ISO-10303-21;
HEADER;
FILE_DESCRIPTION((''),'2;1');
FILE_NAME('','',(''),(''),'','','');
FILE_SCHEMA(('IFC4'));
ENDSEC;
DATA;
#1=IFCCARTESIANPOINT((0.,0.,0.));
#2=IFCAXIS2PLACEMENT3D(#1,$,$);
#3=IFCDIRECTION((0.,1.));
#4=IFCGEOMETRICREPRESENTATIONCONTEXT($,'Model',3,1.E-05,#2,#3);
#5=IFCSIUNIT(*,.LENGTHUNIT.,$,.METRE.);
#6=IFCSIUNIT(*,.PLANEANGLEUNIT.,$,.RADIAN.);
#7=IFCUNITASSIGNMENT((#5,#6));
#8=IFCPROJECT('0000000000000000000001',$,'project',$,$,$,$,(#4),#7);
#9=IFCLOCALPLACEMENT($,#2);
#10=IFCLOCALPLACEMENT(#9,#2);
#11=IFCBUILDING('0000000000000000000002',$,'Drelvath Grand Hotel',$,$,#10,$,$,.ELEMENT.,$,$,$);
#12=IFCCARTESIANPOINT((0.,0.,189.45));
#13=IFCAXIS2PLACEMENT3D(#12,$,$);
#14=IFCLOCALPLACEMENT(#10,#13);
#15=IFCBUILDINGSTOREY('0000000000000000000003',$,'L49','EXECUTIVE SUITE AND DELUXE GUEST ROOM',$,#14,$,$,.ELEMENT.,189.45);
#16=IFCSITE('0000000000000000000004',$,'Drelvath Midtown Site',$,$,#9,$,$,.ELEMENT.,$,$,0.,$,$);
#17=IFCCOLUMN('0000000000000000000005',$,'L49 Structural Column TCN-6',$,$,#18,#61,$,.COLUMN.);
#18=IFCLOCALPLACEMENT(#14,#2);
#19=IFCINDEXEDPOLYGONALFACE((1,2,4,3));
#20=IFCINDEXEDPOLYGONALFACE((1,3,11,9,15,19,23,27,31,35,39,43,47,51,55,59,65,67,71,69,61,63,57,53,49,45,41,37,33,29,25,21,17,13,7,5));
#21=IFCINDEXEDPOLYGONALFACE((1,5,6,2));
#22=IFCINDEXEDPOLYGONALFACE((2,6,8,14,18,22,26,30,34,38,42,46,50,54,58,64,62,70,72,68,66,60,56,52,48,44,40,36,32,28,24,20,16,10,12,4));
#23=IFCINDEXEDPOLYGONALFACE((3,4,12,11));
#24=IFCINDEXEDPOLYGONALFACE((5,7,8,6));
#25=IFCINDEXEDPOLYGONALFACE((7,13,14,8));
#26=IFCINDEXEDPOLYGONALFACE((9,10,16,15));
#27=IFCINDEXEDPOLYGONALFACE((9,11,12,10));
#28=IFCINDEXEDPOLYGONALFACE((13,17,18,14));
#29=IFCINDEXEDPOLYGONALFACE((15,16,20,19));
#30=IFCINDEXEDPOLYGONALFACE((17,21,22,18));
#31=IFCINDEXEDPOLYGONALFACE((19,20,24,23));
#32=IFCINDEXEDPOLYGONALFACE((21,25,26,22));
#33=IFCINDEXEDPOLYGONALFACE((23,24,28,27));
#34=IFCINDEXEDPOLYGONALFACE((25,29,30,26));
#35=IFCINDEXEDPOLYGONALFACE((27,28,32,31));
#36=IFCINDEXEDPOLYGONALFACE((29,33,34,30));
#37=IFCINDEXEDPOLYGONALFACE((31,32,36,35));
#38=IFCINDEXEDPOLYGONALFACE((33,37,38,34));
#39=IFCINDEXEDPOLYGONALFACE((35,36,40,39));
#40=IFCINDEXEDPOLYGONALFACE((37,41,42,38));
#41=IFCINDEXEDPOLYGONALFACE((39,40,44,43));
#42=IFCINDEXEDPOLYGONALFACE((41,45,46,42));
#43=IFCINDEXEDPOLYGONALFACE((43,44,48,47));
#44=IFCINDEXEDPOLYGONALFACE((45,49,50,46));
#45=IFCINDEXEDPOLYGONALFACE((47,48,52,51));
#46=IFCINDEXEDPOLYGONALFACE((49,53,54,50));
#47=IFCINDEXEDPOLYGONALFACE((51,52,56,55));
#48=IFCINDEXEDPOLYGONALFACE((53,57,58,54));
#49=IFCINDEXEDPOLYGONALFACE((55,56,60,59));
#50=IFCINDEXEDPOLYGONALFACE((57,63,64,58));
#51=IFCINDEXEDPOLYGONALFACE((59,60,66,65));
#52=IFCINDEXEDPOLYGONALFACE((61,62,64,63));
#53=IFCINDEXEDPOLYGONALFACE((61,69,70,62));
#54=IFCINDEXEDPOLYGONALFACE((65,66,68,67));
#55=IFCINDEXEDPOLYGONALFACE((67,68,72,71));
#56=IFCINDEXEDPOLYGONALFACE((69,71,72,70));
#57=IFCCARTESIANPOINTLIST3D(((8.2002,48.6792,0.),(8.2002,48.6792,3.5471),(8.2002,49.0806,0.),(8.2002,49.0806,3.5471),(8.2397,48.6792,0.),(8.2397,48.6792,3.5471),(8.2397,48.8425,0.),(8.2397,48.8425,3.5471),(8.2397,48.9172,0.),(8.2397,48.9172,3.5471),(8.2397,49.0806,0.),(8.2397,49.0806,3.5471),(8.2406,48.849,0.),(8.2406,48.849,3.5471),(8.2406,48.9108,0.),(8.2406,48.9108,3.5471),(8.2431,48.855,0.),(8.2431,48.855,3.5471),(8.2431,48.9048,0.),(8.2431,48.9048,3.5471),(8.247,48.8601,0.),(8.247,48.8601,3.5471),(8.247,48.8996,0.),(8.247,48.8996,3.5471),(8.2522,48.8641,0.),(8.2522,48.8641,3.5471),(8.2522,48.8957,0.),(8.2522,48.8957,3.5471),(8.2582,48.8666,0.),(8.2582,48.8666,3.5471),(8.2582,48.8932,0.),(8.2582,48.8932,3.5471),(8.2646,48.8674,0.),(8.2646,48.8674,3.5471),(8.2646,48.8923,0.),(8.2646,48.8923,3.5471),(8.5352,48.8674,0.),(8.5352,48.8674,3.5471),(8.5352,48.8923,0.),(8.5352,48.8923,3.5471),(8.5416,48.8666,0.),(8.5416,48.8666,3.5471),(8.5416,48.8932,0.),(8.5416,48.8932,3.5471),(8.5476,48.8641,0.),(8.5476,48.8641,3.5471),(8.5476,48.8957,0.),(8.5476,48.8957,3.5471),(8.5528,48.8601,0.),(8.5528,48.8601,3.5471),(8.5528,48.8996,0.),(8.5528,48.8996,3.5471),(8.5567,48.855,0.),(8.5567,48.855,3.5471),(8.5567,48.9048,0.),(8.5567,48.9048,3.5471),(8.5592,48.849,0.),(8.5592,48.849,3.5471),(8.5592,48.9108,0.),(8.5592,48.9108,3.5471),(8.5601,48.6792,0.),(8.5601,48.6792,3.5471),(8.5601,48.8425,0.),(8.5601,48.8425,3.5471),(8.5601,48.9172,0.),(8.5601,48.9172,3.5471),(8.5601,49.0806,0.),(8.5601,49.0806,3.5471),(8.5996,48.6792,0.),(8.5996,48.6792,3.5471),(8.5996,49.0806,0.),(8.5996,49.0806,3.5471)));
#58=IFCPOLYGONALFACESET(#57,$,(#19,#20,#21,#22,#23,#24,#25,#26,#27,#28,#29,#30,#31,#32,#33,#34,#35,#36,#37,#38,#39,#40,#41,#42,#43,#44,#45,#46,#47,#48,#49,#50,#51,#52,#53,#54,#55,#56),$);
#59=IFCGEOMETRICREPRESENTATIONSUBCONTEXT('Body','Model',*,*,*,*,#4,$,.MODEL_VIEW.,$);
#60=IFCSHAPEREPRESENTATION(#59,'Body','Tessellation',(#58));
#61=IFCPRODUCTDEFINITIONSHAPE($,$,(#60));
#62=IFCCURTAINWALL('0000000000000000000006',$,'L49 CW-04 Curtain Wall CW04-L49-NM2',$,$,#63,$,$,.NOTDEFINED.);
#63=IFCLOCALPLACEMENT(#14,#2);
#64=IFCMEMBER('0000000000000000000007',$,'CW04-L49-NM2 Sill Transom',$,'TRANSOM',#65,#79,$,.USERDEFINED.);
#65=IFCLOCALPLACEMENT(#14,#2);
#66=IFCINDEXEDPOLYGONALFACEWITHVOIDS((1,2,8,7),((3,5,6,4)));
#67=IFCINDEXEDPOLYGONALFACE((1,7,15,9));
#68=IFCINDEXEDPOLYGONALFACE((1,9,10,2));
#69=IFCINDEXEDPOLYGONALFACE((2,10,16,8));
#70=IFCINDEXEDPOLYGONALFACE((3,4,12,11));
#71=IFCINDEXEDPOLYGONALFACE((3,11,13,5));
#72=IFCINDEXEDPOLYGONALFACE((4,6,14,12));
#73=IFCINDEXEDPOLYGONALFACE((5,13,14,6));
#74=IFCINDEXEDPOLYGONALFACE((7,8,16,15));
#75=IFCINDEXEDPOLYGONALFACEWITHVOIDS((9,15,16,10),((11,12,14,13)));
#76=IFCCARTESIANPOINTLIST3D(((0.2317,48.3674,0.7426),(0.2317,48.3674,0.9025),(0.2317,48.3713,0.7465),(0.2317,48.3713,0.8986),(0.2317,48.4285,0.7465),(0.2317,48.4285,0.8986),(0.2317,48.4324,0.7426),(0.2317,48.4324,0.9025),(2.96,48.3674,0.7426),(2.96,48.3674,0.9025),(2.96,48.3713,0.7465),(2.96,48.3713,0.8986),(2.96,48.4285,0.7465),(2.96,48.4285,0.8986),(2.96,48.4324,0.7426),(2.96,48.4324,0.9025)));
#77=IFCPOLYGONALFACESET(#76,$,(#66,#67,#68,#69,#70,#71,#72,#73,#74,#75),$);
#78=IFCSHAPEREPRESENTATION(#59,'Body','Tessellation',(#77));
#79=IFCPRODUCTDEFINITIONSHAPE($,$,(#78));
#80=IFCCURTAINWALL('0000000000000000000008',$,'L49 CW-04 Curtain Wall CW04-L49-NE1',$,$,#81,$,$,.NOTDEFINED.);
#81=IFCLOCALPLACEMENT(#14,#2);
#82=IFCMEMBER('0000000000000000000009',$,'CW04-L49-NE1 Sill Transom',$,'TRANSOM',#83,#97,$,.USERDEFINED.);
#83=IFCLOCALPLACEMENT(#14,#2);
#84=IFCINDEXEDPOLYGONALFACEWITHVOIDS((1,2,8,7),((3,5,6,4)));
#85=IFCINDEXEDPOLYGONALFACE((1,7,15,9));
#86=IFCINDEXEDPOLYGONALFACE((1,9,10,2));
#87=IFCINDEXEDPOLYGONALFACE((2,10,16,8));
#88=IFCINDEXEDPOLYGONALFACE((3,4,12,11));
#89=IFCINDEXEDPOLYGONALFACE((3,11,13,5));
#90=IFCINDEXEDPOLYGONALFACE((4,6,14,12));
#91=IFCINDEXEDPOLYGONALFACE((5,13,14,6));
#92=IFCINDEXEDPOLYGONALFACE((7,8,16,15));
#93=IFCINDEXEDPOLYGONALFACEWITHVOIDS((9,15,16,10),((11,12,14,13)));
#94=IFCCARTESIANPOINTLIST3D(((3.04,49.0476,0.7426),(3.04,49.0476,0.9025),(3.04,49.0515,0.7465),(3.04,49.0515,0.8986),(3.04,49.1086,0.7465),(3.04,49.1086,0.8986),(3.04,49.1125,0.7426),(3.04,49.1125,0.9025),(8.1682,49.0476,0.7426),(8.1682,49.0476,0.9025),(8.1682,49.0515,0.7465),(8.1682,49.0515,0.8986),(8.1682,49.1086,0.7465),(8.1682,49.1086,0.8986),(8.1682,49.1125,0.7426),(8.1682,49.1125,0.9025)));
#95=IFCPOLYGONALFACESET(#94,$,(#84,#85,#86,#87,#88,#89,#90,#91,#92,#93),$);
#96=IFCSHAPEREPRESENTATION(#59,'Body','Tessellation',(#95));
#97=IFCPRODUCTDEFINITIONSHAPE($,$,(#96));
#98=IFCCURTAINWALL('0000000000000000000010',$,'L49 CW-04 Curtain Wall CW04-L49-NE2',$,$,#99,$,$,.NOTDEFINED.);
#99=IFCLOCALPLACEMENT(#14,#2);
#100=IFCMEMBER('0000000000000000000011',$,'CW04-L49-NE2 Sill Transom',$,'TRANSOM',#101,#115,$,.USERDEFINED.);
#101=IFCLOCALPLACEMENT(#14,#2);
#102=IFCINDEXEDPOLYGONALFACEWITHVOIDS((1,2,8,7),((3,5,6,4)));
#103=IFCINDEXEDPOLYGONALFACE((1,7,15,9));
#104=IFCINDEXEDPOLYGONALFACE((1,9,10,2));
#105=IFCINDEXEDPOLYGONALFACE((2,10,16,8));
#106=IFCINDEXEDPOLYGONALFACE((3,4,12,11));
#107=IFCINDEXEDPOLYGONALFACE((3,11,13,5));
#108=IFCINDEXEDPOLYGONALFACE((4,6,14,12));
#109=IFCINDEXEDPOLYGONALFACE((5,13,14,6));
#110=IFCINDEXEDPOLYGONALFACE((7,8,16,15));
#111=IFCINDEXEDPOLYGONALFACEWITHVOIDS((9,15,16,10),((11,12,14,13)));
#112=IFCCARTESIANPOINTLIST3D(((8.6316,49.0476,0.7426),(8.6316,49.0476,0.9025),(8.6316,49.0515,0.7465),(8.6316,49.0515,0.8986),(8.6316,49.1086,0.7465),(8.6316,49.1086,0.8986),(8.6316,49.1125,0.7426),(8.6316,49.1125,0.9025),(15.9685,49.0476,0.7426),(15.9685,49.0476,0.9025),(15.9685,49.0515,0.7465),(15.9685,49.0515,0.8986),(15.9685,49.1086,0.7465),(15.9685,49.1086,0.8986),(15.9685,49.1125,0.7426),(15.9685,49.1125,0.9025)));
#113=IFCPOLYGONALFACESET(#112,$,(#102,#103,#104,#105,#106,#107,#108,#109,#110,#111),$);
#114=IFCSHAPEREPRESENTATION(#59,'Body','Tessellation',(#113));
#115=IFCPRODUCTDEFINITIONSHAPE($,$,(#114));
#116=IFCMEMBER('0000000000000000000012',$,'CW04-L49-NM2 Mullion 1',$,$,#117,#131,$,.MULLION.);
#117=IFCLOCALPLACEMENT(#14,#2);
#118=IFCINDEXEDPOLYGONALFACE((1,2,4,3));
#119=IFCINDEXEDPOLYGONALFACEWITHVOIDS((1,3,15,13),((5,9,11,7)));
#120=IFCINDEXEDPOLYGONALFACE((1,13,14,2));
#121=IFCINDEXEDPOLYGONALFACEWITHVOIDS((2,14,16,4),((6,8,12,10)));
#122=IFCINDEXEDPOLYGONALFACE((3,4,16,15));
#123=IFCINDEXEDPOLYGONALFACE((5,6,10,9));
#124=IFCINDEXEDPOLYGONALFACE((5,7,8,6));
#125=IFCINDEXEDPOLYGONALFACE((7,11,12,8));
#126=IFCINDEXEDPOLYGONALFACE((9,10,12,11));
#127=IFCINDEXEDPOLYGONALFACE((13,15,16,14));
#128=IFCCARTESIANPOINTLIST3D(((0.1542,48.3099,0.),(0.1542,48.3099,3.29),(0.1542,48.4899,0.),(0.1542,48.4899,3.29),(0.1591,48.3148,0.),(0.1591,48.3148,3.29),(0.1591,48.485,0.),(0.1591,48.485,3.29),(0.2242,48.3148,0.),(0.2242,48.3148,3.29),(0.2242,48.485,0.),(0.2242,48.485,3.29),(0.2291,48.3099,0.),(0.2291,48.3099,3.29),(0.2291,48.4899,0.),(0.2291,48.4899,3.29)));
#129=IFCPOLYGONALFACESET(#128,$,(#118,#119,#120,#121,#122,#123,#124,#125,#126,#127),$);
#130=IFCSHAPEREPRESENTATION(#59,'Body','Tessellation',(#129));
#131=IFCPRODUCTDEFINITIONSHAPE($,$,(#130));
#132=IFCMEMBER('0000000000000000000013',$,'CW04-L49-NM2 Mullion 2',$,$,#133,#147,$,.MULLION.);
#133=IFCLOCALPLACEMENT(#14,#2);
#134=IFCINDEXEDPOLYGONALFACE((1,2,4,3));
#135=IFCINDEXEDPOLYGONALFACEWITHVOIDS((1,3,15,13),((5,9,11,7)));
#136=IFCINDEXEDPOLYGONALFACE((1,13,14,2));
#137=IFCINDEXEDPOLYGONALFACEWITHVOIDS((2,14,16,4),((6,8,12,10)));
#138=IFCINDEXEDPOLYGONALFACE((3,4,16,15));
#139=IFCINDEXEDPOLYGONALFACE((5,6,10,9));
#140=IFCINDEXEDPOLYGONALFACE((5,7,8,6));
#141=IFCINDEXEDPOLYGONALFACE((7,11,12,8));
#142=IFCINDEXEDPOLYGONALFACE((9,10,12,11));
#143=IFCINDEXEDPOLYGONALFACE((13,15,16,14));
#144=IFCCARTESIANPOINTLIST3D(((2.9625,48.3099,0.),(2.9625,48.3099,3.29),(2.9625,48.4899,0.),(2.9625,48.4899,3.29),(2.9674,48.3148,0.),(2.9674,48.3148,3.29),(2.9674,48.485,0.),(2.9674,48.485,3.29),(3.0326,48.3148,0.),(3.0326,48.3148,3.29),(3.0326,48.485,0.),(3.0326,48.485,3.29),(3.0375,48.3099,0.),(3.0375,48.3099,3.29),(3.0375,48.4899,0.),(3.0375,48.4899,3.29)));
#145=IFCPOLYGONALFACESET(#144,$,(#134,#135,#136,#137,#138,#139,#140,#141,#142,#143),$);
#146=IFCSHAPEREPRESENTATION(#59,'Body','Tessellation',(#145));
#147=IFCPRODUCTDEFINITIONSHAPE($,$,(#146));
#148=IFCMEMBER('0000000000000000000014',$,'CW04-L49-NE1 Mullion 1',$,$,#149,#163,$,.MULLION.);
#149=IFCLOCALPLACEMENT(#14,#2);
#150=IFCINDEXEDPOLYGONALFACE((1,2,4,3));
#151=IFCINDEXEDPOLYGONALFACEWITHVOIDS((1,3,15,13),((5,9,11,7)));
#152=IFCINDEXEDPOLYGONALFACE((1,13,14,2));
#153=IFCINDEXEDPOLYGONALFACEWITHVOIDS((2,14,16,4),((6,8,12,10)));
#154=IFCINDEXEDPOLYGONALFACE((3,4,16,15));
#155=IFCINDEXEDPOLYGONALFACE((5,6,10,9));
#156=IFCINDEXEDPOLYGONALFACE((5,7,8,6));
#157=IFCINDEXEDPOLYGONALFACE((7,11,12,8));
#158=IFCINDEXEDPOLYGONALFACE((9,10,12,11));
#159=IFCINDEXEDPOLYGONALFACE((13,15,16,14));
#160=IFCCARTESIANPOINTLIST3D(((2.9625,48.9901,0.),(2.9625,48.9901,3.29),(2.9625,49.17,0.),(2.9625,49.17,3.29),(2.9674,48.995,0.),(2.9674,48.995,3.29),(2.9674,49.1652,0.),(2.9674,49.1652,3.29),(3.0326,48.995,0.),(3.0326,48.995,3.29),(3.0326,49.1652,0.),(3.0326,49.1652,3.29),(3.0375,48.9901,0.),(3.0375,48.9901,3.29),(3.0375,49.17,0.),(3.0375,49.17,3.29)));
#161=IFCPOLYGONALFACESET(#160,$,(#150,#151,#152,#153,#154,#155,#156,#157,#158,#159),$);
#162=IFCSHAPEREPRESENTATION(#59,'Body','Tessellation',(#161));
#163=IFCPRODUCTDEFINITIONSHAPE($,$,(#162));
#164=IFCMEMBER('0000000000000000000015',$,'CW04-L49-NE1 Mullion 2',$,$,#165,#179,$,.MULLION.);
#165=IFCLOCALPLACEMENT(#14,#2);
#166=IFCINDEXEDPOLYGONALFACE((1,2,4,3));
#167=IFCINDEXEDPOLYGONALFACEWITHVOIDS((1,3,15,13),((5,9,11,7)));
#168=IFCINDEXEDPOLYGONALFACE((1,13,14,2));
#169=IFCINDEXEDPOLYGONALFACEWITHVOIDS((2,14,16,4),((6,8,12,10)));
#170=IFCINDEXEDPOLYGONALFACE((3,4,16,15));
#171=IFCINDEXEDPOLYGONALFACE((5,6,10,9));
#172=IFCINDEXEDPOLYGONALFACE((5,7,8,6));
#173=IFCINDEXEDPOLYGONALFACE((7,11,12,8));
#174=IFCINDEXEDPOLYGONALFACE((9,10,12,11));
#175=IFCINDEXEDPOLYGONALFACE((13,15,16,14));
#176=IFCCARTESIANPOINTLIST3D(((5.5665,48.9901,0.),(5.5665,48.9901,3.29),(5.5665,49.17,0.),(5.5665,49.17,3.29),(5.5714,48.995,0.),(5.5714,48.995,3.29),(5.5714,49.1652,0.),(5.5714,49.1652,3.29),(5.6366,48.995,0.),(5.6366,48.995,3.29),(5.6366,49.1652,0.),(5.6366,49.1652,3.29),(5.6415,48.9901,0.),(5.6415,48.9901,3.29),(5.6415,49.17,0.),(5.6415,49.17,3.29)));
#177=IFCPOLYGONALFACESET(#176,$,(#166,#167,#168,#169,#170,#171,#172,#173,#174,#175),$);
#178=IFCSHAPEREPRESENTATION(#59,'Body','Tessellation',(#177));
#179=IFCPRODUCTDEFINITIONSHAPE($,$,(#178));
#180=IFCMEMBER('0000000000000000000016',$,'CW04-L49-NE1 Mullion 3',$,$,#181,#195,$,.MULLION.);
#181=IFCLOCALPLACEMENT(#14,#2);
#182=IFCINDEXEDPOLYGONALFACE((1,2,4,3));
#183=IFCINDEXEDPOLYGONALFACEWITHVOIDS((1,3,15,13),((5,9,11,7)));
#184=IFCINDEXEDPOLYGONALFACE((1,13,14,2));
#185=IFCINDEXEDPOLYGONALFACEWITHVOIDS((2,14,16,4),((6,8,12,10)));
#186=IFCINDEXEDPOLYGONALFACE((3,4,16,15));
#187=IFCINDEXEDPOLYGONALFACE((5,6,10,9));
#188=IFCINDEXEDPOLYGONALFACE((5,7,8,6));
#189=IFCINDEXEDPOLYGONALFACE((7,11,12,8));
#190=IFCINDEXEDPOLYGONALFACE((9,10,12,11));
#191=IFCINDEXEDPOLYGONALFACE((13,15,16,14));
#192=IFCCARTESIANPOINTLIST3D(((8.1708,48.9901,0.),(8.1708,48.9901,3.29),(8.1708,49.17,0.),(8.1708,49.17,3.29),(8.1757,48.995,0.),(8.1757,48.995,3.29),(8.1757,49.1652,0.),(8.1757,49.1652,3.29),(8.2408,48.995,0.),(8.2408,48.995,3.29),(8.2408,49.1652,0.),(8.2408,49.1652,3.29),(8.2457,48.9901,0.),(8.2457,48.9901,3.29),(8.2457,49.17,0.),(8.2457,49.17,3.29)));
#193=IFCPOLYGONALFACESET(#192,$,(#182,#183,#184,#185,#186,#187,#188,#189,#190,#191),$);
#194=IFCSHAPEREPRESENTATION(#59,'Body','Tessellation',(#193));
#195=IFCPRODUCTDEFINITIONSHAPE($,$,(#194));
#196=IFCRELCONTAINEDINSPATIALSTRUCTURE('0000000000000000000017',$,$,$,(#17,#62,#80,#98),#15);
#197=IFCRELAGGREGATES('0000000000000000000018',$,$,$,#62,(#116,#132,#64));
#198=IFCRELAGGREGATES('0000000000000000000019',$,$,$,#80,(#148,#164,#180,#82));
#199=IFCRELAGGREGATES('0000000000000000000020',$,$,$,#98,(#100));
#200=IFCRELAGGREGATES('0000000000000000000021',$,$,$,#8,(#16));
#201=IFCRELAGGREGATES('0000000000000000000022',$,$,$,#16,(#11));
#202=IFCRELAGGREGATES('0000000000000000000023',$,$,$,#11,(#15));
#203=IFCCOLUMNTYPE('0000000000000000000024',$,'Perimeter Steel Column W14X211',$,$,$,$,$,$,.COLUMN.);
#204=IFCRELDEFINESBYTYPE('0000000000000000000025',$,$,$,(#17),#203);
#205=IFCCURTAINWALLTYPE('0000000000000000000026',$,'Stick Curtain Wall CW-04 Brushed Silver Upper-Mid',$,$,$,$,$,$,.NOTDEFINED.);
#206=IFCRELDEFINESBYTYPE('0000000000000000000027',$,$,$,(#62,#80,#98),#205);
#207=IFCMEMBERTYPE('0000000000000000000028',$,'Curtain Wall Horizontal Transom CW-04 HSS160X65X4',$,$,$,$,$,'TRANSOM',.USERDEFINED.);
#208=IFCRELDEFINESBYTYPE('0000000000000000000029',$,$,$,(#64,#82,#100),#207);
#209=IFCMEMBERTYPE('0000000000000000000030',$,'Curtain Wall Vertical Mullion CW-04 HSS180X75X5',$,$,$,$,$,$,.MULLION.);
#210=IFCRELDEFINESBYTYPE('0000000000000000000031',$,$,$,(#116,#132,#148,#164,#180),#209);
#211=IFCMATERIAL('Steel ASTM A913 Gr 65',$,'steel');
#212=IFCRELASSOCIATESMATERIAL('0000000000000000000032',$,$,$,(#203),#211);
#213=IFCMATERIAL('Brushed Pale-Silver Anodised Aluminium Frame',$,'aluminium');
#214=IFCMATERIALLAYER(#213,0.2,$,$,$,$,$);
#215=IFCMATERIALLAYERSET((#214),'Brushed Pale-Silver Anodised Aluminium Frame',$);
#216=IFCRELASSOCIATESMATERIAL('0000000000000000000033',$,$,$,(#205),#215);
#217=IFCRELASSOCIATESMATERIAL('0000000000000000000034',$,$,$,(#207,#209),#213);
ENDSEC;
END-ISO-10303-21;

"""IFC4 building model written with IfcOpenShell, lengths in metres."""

from ifc_helpers import new_model, si_unit, direction, frame, origin, origin_2d, place, context, subcontext, project, spatial, hollow_rectangle, i_section, extrude, material, layer, layer_set, material_profile, profile_set, type_object, element, aggregate, save


model = new_model("IFC4")

# Units and contexts
model_context = context("Model", 3, precision=1e-05, world=origin(), true_north=direction((0.0, 1.0)))
body_context = subcontext(model_context, "Body", "Model", "MODEL_VIEW")
ifc_project = project(units=[si_unit("LENGTHUNIT", "METRE"), si_unit("PLANEANGLEUNIT", "RADIAN")], contexts=[model_context])

# Site, building, storey
site_placement = place(None, origin())
site = spatial("IfcSite", under=ifc_project, at=site_placement, Name="Drelvath Midtown Site", CompositionType="ELEMENT", RefElevation=0.0)
building_placement = place(site_placement, origin())
building = spatial("IfcBuilding", under=site, at=building_placement, Name="Drelvath Grand Hotel", CompositionType="ELEMENT")
storey_placement = place(building_placement, frame((0.0, 0.0, 189.45)))
storey = spatial("IfcBuildingStorey", under=building, at=storey_placement, Name="L49", Description="EXECUTIVE SUITE AND DELUXE GUEST ROOM", CompositionType="ELEMENT", Elevation=189.45)

# Column
ifc_material_1 = material(Name="Steel ASTM A913 Gr 65", Category="steel")
ifc_material_profile_1 = material_profile(ifc_material_1, i_section(OverallWidth=0.4014, OverallDepth=0.3994, WebThickness=0.0249, FlangeThickness=0.0396, FilletRadius=0.0249, at=origin_2d()), Name="W14X211")
ifc_profile_set_1 = profile_set([ifc_material_profile_1], Name="Steel ASTM A913 Gr 65")
column_type = type_object("IfcColumnType", Name="Perimeter Steel Column W14X211", PredefinedType="COLUMN", material=ifc_profile_set_1)
column_placement = place(storey_placement, frame((8.3999, 48.8799, 0.0), z_axis=(0.0, 0.0, 1.0), x_axis=(0.0, 1.0, 0.0)))
element("IfcColumn", 1, at=column_placement, inside=storey, type_object=column_type, Name="L49 Structural Column TCN-6", PredefinedType="COLUMN", context=body_context, shape_type="SweptSolid", body=[
    extrude(i_section(OverallWidth=0.4014, OverallDepth=0.3994, WebThickness=0.0249, FlangeThickness=0.0396, FilletRadius=0.0249, at=origin_2d()), origin(), (0.0, 0.0, 1.0), 3.5471),
])

# Curtain walls, members
ifc_material_2 = material(Name="Brushed Pale-Silver Anodised Aluminium Frame", Category="aluminium")
ifc_layer_1 = layer(ifc_material_2, 0.2)
ifc_layer_set_1 = layer_set([ifc_layer_1], Name="Brushed Pale-Silver Anodised Aluminium Frame")
curtain_wall_type = type_object("IfcCurtainWallType", Name="Stick Curtain Wall CW-04 Brushed Silver Upper-Mid", PredefinedType="NOTDEFINED", material=ifc_layer_set_1)
curtain_wall_1_placement = place(storey_placement, origin())
curtain_wall_1 = element("IfcCurtainWall", 2, at=curtain_wall_1_placement, inside=storey, type_object=curtain_wall_type, Name="L49 CW-04 Curtain Wall CW04-L49-NM2", PredefinedType="NOTDEFINED")
ifc_material_profile_2 = material_profile(ifc_material_2, hollow_rectangle(XDim=0.0649, YDim=0.1599, WallThickness=0.0039, at=origin_2d()), Name="HSS160X65X4")
ifc_profile_set_2 = profile_set([ifc_material_profile_2], Name="Brushed Pale-Silver Anodised Aluminium Frame")
member_type_1 = type_object("IfcMemberType", Name="Curtain Wall Horizontal Transom CW-04 HSS160X65X4", ElementType="TRANSOM", PredefinedType="USERDEFINED", material=ifc_profile_set_2)
member_1_placement = place(storey_placement, frame((0.2317, 48.3999, 0.8225), z_axis=(1.0, 0.0, 0.0), x_axis=(0.0, 1.0, 0.0)))
member_1 = element("IfcMember", 3, at=member_1_placement, type_object=member_type_1, Name="CW04-L49-NM2 Sill Transom", ObjectType="TRANSOM", PredefinedType="USERDEFINED", context=body_context, shape_type="SweptSolid", body=[
    extrude(hollow_rectangle(XDim=0.0649, YDim=0.1599, WallThickness=0.0039, at=origin_2d()), origin(), (0.0, 0.0, 1.0), 2.7283),
])
curtain_wall_2_placement = place(storey_placement, origin())
curtain_wall_2 = element("IfcCurtainWall", 4, at=curtain_wall_2_placement, inside=storey, type_object=curtain_wall_type, Name="L49 CW-04 Curtain Wall CW04-L49-NE1", PredefinedType="NOTDEFINED")
member_2_placement = place(storey_placement, frame((3.04, 49.0801, 0.8225), z_axis=(1.0, 0.0, 0.0), x_axis=(0.0, 1.0, 0.0)))
member_2 = element("IfcMember", 5, at=member_2_placement, type_object=member_type_1, Name="CW04-L49-NE1 Sill Transom", ObjectType="TRANSOM", PredefinedType="USERDEFINED", context=body_context, shape_type="SweptSolid", body=[
    extrude(hollow_rectangle(XDim=0.0649, YDim=0.1599, WallThickness=0.0039, at=origin_2d()), origin(), (0.0, 0.0, 1.0), 5.1282),
])
curtain_wall_3_placement = place(storey_placement, origin())
curtain_wall_3 = element("IfcCurtainWall", 6, at=curtain_wall_3_placement, inside=storey, type_object=curtain_wall_type, Name="L49 CW-04 Curtain Wall CW04-L49-NE2", PredefinedType="NOTDEFINED")
member_3_placement = place(storey_placement, frame((8.6316, 49.0801, 0.8225), z_axis=(1.0, 0.0, 0.0), x_axis=(0.0, 1.0, 0.0)))
member_3 = element("IfcMember", 7, at=member_3_placement, type_object=member_type_1, Name="CW04-L49-NE2 Sill Transom", ObjectType="TRANSOM", PredefinedType="USERDEFINED", context=body_context, shape_type="SweptSolid", body=[
    extrude(hollow_rectangle(XDim=0.0649, YDim=0.1599, WallThickness=0.0039, at=origin_2d()), origin(), (0.0, 0.0, 1.0), 7.3369),
])

# Members
ifc_material_profile_3 = material_profile(ifc_material_2, hollow_rectangle(XDim=0.075, YDim=0.1799, WallThickness=0.0049, at=origin_2d()), Name="HSS180X75X5")
ifc_profile_set_3 = profile_set([ifc_material_profile_3], Name="Brushed Pale-Silver Anodised Aluminium Frame")
member_type_2 = type_object("IfcMemberType", Name="Curtain Wall Vertical Mullion CW-04 HSS180X75X5", PredefinedType="MULLION", material=ifc_profile_set_3)
member_4_placement = place(storey_placement, frame((0.1917, 48.3999, 0.0), z_axis=(0.0, 0.0, 1.0), x_axis=(1.0, 0.0, 0.0)))
member_4 = element("IfcMember", 8, at=member_4_placement, type_object=member_type_2, Name="CW04-L49-NM2 Mullion 1", PredefinedType="MULLION", context=body_context, shape_type="SweptSolid", body=[
    extrude(hollow_rectangle(XDim=0.075, YDim=0.1799, WallThickness=0.0049, at=origin_2d()), origin(), (0.0, 0.0, 1.0), 3.29),
])
member_5_placement = place(storey_placement, frame((3.0, 48.3999, 0.0), z_axis=(0.0, 0.0, 1.0), x_axis=(1.0, 0.0, 0.0)))
member_5 = element("IfcMember", 9, at=member_5_placement, type_object=member_type_2, Name="CW04-L49-NM2 Mullion 2", PredefinedType="MULLION", context=body_context, shape_type="SweptSolid", body=[
    extrude(hollow_rectangle(XDim=0.075, YDim=0.1799, WallThickness=0.0049, at=origin_2d()), origin(), (0.0, 0.0, 1.0), 3.29),
])
member_6_placement = place(storey_placement, frame((3.0, 49.0801, 0.0), z_axis=(0.0, 0.0, 1.0), x_axis=(1.0, 0.0, 0.0)))
member_6 = element("IfcMember", 10, at=member_6_placement, type_object=member_type_2, Name="CW04-L49-NE1 Mullion 1", PredefinedType="MULLION", context=body_context, shape_type="SweptSolid", body=[
    extrude(hollow_rectangle(XDim=0.075, YDim=0.1799, WallThickness=0.0049, at=origin_2d()), origin(), (0.0, 0.0, 1.0), 3.29),
])
member_7_placement = place(storey_placement, frame((5.604, 49.0801, 0.0), z_axis=(0.0, 0.0, 1.0), x_axis=(1.0, 0.0, 0.0)))
member_7 = element("IfcMember", 11, at=member_7_placement, type_object=member_type_2, Name="CW04-L49-NE1 Mullion 2", PredefinedType="MULLION", context=body_context, shape_type="SweptSolid", body=[
    extrude(hollow_rectangle(XDim=0.075, YDim=0.1799, WallThickness=0.0049, at=origin_2d()), origin(), (0.0, 0.0, 1.0), 3.29),
])
member_8_placement = place(storey_placement, frame((8.2083, 49.0801, 0.0), z_axis=(0.0, 0.0, 1.0), x_axis=(1.0, 0.0, 0.0)))
member_8 = element("IfcMember", 12, at=member_8_placement, type_object=member_type_2, Name="CW04-L49-NE1 Mullion 3", PredefinedType="MULLION", context=body_context, shape_type="SweptSolid", body=[
    extrude(hollow_rectangle(XDim=0.075, YDim=0.1799, WallThickness=0.0049, at=origin_2d()), origin(), (0.0, 0.0, 1.0), 3.29),
])

aggregate(curtain_wall_1, [member_4, member_5, member_1])
aggregate(curtain_wall_2, [member_6, member_7, member_8, member_2])
aggregate(curtain_wall_3, [member_3])

save(model, "model.ifc")
